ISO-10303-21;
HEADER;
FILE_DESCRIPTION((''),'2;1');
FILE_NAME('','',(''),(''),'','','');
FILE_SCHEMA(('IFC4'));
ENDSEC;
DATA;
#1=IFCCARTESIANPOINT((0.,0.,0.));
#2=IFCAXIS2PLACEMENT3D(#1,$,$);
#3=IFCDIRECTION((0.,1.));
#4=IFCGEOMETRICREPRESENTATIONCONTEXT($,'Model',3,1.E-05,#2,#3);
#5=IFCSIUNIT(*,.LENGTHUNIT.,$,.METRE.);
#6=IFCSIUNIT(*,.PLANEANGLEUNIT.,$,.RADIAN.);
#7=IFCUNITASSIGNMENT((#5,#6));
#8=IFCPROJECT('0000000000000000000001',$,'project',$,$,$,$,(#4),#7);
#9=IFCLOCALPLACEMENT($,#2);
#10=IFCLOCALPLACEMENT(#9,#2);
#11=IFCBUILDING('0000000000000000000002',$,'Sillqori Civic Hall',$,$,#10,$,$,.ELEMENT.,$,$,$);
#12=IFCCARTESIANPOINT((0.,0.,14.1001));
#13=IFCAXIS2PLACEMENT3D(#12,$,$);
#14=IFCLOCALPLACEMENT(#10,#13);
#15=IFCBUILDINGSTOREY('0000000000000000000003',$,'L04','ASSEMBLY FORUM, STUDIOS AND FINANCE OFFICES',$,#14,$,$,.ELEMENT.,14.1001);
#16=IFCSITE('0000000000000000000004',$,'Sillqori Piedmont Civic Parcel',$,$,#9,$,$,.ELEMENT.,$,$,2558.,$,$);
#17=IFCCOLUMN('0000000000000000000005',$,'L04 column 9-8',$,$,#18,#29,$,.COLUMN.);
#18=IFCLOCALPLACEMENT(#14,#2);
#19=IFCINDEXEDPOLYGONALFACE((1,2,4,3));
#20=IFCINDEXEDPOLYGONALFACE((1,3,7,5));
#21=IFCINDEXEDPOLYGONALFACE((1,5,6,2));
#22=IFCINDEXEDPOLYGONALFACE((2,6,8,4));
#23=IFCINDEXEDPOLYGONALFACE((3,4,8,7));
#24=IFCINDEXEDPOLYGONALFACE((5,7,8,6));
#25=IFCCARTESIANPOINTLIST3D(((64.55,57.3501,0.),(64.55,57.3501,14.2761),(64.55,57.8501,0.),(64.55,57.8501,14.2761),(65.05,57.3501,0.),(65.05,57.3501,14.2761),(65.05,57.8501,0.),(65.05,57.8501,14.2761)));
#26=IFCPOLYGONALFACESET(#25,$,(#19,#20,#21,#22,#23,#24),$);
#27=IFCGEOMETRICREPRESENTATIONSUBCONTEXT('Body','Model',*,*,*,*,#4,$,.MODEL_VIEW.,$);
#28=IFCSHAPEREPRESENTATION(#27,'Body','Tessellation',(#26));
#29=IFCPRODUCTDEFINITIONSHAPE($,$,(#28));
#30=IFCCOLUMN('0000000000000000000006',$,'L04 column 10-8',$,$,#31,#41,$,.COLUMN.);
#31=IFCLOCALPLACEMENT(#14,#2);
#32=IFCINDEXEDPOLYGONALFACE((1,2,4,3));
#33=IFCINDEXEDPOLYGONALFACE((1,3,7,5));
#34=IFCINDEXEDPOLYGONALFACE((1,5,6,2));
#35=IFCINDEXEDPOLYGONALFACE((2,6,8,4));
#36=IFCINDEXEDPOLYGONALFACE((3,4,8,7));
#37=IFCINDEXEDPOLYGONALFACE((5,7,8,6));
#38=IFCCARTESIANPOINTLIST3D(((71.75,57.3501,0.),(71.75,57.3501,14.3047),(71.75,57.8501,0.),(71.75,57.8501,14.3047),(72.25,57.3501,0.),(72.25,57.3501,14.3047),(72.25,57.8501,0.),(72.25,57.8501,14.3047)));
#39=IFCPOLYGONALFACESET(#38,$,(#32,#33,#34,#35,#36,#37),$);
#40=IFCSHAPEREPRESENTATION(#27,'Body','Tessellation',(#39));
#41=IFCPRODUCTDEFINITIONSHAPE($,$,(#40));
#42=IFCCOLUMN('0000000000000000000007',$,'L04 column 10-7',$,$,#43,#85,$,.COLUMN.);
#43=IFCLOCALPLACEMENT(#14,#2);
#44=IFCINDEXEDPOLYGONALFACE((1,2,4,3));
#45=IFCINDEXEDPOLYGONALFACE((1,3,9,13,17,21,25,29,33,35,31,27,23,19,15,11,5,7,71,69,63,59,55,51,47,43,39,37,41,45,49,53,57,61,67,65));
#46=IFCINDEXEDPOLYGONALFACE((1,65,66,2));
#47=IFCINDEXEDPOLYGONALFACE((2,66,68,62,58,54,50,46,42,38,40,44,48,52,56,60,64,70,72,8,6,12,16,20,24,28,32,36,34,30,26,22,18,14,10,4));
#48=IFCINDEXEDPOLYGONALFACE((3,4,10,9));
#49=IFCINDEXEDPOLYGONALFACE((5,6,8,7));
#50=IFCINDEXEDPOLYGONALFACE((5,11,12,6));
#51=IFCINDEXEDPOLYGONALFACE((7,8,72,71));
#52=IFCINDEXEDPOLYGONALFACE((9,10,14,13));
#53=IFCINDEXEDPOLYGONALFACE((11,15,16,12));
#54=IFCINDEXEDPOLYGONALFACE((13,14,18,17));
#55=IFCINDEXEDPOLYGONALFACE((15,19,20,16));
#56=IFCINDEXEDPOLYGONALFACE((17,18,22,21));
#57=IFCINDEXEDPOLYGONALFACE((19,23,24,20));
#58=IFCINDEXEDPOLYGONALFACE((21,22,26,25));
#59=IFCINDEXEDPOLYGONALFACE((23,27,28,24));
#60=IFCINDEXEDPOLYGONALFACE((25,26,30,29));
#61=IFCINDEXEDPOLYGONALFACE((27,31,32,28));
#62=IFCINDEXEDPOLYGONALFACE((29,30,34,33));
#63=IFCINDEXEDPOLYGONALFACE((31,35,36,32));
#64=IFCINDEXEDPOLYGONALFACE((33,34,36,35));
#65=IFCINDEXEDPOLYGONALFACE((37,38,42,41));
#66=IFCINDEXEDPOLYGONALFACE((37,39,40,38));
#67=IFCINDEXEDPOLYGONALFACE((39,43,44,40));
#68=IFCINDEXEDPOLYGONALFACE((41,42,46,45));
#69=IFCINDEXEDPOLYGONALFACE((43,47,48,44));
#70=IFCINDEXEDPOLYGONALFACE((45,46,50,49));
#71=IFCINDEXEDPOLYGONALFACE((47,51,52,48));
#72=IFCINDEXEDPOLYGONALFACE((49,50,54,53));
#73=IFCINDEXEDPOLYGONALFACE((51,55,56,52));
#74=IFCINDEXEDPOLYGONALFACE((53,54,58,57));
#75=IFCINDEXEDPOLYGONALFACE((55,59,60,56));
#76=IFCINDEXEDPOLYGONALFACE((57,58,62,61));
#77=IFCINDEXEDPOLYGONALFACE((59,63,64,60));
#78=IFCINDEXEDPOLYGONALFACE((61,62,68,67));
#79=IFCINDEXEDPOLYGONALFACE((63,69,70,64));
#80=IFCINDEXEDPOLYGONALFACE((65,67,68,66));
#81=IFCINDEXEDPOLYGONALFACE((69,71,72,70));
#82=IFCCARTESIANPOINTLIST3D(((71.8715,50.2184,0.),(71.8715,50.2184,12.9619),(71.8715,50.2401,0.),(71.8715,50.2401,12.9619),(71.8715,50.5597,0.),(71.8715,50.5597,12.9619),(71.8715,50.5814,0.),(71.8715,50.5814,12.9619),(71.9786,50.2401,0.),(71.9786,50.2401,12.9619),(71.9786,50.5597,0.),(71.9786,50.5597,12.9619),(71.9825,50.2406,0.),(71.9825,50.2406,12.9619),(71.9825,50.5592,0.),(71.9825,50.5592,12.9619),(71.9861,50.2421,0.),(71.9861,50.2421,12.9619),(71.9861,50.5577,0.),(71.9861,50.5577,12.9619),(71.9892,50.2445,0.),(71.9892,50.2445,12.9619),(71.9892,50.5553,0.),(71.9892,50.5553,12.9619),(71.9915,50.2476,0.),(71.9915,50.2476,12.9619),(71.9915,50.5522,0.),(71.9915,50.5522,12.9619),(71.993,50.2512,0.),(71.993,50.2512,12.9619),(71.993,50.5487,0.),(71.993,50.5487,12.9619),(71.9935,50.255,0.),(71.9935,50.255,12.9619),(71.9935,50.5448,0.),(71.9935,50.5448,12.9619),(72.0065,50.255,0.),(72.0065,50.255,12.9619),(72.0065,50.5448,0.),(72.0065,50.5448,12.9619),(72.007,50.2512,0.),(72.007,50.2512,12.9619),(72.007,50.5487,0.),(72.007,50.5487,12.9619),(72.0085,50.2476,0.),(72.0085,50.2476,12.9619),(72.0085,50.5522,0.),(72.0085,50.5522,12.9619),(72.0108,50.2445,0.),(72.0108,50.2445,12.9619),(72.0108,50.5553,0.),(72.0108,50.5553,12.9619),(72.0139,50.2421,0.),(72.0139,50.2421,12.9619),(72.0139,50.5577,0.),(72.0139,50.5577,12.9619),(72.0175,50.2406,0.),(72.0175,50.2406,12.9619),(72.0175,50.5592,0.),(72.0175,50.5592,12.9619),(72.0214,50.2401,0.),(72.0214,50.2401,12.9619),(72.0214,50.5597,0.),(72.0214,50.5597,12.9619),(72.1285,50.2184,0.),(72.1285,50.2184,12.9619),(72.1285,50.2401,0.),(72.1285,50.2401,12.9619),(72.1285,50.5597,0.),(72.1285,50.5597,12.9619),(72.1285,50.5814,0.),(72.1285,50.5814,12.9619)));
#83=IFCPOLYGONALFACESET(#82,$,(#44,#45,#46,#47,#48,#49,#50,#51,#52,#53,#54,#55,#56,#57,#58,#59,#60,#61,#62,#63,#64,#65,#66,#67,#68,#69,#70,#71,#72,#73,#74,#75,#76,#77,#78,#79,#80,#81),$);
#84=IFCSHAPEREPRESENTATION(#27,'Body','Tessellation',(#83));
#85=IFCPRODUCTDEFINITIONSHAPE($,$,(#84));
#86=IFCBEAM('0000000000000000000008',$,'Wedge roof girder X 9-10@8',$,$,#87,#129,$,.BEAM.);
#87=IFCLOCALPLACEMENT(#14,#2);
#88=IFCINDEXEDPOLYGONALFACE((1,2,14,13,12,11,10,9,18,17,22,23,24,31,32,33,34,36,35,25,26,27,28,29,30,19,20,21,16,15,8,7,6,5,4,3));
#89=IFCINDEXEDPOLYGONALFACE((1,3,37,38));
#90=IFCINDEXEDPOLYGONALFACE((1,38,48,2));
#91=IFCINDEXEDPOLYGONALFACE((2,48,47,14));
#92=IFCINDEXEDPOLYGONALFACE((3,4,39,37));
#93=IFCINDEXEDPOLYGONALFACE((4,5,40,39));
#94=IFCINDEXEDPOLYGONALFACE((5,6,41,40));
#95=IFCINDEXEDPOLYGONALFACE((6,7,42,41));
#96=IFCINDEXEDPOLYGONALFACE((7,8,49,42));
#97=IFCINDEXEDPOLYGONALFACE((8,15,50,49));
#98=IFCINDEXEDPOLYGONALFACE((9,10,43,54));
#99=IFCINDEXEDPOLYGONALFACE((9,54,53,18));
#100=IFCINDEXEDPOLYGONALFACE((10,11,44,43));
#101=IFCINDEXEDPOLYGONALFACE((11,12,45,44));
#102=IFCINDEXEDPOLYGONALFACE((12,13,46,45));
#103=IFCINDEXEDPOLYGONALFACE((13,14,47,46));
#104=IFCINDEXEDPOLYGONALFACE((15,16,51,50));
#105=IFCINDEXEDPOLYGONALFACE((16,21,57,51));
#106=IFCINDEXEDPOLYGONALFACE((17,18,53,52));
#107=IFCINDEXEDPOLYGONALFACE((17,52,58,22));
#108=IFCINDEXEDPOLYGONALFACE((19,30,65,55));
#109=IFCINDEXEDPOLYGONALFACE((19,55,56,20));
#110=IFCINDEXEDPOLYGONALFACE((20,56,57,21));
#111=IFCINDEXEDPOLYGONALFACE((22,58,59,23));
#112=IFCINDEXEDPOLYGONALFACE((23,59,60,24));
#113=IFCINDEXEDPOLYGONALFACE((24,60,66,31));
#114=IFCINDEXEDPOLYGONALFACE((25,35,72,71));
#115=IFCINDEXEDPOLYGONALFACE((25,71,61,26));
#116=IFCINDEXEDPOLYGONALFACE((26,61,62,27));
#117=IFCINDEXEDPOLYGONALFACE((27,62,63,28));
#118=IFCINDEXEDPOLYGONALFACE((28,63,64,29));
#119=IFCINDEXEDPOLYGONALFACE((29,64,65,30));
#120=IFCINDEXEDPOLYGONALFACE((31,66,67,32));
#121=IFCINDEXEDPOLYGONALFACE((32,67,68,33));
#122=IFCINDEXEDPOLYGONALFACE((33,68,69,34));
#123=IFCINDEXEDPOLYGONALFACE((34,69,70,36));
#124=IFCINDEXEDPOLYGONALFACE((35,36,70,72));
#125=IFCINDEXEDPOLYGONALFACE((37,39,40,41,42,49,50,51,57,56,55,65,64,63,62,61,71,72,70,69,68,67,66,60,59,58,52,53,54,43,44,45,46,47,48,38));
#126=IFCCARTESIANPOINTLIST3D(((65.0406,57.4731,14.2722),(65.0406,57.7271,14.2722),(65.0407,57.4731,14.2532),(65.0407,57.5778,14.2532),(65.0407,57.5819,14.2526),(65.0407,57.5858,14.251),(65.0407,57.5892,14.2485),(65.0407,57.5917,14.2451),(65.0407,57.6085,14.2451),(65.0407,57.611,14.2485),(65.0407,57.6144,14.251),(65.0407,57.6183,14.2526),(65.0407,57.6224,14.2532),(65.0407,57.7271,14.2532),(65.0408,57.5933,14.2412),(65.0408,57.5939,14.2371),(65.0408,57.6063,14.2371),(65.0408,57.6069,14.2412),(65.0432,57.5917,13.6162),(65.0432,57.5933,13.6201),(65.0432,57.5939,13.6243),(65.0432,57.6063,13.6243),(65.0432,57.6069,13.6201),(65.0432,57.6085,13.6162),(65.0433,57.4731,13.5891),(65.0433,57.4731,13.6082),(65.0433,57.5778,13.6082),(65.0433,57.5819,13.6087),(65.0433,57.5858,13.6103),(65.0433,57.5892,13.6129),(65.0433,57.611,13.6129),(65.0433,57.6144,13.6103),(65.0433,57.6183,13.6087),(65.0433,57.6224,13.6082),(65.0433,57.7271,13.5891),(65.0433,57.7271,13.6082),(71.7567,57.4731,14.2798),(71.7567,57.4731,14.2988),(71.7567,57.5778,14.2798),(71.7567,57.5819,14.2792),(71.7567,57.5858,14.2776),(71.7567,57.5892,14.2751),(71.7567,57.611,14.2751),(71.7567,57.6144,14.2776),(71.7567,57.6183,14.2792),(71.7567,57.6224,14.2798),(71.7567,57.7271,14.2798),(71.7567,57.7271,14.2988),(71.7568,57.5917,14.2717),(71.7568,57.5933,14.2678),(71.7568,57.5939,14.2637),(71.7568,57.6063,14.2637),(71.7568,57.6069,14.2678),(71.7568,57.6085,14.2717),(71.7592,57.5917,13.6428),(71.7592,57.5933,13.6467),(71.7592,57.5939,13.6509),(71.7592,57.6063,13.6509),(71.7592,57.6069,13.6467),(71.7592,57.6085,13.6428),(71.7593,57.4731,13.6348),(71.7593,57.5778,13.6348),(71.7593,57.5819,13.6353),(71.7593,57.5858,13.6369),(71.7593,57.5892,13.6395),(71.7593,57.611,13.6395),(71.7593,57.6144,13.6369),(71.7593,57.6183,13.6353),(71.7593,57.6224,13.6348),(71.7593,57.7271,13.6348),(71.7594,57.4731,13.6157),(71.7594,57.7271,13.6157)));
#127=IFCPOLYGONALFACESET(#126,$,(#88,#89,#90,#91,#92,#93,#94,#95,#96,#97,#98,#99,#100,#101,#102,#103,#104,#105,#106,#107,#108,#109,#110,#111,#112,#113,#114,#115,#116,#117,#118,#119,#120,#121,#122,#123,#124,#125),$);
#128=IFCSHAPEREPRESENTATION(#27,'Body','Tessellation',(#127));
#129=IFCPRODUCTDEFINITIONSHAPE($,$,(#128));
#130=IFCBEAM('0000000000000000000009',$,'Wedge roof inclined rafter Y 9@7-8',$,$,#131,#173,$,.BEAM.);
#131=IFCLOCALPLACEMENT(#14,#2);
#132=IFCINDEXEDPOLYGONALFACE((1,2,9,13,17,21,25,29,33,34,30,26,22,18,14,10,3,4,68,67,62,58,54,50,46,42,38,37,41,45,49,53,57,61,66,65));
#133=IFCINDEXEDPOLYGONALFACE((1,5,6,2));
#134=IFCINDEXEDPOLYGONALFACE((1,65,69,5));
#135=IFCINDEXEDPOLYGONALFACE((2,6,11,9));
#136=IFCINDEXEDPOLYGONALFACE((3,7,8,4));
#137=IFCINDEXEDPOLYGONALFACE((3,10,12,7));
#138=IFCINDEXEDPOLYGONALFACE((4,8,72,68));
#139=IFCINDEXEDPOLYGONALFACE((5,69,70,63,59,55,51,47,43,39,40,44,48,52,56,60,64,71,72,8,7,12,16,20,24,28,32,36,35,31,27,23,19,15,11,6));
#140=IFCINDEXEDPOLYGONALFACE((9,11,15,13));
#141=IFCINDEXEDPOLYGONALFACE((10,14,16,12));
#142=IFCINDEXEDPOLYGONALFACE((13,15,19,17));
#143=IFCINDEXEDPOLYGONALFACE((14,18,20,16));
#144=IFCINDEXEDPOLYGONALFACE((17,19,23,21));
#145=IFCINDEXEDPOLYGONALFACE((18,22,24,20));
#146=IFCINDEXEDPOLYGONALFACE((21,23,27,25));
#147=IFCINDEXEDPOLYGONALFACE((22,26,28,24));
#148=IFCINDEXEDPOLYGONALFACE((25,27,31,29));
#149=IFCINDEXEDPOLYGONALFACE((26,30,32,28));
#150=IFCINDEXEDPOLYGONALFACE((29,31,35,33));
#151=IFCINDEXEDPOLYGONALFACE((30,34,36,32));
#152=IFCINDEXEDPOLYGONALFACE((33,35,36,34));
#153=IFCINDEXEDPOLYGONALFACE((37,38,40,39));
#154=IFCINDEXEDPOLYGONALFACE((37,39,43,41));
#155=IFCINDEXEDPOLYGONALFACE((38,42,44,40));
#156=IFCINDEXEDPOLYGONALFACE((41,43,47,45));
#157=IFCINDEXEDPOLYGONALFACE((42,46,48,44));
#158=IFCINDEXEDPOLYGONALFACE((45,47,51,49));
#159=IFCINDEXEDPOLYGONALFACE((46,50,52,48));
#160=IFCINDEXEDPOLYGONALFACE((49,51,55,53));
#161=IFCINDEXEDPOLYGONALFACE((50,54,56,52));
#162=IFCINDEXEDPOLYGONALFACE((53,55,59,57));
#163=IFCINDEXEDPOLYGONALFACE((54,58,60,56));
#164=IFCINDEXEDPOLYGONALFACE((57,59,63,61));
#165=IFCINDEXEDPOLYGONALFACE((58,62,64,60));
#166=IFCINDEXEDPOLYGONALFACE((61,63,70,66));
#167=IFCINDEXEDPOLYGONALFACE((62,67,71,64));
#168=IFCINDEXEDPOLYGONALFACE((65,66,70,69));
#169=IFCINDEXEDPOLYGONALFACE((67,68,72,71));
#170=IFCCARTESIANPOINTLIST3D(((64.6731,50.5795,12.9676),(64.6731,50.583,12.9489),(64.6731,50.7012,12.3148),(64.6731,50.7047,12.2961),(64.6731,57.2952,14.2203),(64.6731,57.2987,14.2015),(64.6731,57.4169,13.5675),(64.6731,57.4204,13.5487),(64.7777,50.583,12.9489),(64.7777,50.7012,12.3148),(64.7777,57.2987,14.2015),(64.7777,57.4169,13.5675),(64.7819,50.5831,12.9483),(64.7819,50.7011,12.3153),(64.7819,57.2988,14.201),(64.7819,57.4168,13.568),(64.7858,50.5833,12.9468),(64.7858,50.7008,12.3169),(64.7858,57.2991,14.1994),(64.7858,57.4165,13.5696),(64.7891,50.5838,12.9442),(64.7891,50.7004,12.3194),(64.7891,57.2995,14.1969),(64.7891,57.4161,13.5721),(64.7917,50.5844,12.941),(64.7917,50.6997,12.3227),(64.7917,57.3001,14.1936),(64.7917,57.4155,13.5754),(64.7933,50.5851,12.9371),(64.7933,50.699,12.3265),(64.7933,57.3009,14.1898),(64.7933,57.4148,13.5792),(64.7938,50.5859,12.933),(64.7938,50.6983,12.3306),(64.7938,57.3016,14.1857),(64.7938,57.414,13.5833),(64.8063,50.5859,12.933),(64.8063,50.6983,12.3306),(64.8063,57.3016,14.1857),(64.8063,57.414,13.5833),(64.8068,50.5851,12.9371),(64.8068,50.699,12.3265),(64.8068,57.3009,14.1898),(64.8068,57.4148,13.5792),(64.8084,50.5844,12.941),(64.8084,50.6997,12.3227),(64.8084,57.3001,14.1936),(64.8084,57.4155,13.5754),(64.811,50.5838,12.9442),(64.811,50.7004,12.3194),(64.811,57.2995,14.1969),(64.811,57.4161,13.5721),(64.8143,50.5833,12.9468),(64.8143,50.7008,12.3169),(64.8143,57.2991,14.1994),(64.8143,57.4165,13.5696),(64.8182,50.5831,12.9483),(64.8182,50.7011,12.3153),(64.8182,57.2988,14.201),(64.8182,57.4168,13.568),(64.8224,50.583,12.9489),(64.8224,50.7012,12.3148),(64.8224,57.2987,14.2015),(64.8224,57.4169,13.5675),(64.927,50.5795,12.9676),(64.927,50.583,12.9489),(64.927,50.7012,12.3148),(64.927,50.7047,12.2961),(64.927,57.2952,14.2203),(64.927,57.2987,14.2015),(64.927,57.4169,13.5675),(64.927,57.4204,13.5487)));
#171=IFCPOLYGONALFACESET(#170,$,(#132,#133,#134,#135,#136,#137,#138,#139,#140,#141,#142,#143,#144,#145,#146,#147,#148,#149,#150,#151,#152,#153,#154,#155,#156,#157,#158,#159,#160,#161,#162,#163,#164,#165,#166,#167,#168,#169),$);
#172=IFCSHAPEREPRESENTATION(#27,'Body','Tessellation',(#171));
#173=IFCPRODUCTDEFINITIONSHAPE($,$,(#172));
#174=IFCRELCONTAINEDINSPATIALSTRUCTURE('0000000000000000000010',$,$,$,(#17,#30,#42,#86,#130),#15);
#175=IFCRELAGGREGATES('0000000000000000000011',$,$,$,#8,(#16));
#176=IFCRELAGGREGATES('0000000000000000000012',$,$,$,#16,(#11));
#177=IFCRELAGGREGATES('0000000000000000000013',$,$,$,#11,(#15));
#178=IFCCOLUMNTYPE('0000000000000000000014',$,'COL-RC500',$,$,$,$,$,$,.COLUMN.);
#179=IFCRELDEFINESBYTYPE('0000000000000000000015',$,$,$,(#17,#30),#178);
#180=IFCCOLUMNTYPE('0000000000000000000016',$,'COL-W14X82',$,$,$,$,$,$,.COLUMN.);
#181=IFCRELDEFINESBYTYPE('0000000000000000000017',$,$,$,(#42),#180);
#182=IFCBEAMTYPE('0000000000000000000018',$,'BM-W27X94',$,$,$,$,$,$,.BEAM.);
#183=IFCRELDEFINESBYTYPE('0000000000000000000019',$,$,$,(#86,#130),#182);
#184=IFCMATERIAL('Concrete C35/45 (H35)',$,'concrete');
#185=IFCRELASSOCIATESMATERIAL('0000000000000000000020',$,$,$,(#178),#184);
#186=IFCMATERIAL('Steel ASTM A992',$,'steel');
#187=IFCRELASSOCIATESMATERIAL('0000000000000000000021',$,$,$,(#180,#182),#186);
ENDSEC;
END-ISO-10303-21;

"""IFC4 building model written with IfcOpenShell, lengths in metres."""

from ifc_helpers import new_model, si_unit, direction, frame, origin, origin_2d, place, context, subcontext, project, spatial, rectangle, i_section, extrude, material, material_profile, profile_set, type_object, element, save


model = new_model("IFC4")

# Units and contexts
model_context = context("Model", 3, precision=1e-05, world=origin(), true_north=direction((0.0, 1.0)))
body_context = subcontext(model_context, "Body", "Model", "MODEL_VIEW")
ifc_project = project(units=[si_unit("LENGTHUNIT", "METRE"), si_unit("PLANEANGLEUNIT", "RADIAN")], contexts=[model_context])

# Site, building, storey
site_placement = place(None, origin())
site = spatial("IfcSite", under=ifc_project, at=site_placement, Name="Sillqori Piedmont Civic Parcel", CompositionType="ELEMENT", RefElevation=2558.0)
building_placement = place(site_placement, origin())
building = spatial("IfcBuilding", under=site, at=building_placement, Name="Sillqori Civic Hall", CompositionType="ELEMENT")
storey_placement = place(building_placement, frame((0.0, 0.0, 14.1001)))
storey = spatial("IfcBuildingStorey", under=building, at=storey_placement, Name="L04", Description="ASSEMBLY FORUM, STUDIOS AND FINANCE OFFICES", CompositionType="ELEMENT", Elevation=14.1001)

# Columns
ifc_material_1 = material(Name="Concrete C35/45 (H35)", Category="concrete")
ifc_material_profile_1 = material_profile(ifc_material_1, rectangle(XDim=0.5, YDim=0.5, at=origin_2d()), Name="RC 500x500")
ifc_profile_set_1 = profile_set([ifc_material_profile_1], Name="Concrete C35/45 (H35)")
column_type_1 = type_object("IfcColumnType", Name="COL-RC500", PredefinedType="COLUMN", material=ifc_profile_set_1)
column_1_placement = place(storey_placement, frame((64.8, 57.6001, 0.0), z_axis=(0.0, 0.0, 1.0), x_axis=(1.0, 0.0, 0.0)))
element("IfcColumn", 1, at=column_1_placement, inside=storey, type_object=column_type_1, Name="L04 column 9-8", PredefinedType="COLUMN", context=body_context, shape_type="SweptSolid", body=[
    extrude(rectangle(XDim=0.5, YDim=0.5, at=origin_2d()), origin(), (0.0, 0.0, 1.0), 14.2761),
])
column_2_placement = place(storey_placement, frame((72.0, 57.6001, 0.0), z_axis=(0.0, 0.0, 1.0), x_axis=(1.0, 0.0, 0.0)))
element("IfcColumn", 2, at=column_2_placement, inside=storey, type_object=column_type_1, Name="L04 column 10-8", PredefinedType="COLUMN", context=body_context, shape_type="SweptSolid", body=[
    extrude(rectangle(XDim=0.5, YDim=0.5, at=origin_2d()), origin(), (0.0, 0.0, 1.0), 14.3047),
])
ifc_material_2 = material(Name="Steel ASTM A992", Category="steel")
ifc_material_profile_2 = material_profile(ifc_material_2, i_section(OverallWidth=0.2571, OverallDepth=0.363, WebThickness=0.0129, FlangeThickness=0.0217, FilletRadius=0.0149, at=origin_2d()), Name="W14X82")
ifc_profile_set_2 = profile_set([ifc_material_profile_2], Name="Steel ASTM A992")
column_type_2 = type_object("IfcColumnType", Name="COL-W14X82", PredefinedType="COLUMN", material=ifc_profile_set_2)
column_3_placement = place(storey_placement, frame((72.0, 50.3999, 0.0), z_axis=(0.0, 0.0, 1.0), x_axis=(1.0, 0.0, 0.0)))
element("IfcColumn", 3, at=column_3_placement, inside=storey, type_object=column_type_2, Name="L04 column 10-7", PredefinedType="COLUMN", context=body_context, shape_type="SweptSolid", body=[
    extrude(i_section(OverallWidth=0.2571, OverallDepth=0.363, WebThickness=0.0129, FlangeThickness=0.0217, FilletRadius=0.0149, at=origin_2d()), origin(), (0.0, 0.0, 1.0), 12.9619),
])

# Beams
ifc_material_profile_3 = material_profile(ifc_material_2, i_section(OverallWidth=0.2539, OverallDepth=0.6831, WebThickness=0.0125, FlangeThickness=0.019, FilletRadius=0.0161, at=origin_2d()), Name="W27X94")
ifc_profile_set_3 = profile_set([ifc_material_profile_3], Name="Steel ASTM A992")
beam_type_1 = type_object("IfcBeamType", Name="BM-W27X94", PredefinedType="BEAM", material=ifc_profile_set_3)
beam_1_placement = place(storey_placement, frame((65.042, 57.6001, 13.9307), z_axis=(0.999992, 0.0, 0.003962), x_axis=(0.0, 1.0, 0.0)))
element("IfcBeam", 4, at=beam_1_placement, inside=storey, type_object=beam_type_1, Name="Wedge roof girder X 9-10@8", PredefinedType="BEAM", context=body_context, shape_type="SweptSolid", body=[
    extrude(i_section(OverallWidth=0.2539, OverallDepth=0.6831, WebThickness=0.0125, FlangeThickness=0.019, FilletRadius=0.0161, at=origin_2d()), origin(), (0.0, 0.0, 1.0), 6.7161),
])
beam_2_placement = place(storey_placement, frame((64.8, 50.6421, 12.6318), z_axis=(0.0, 0.983045, 0.183365), x_axis=(-1.0, 0.0, 0.0)))
element("IfcBeam", 5, at=beam_2_placement, inside=storey, type_object=beam_type_1, Name="Wedge roof inclined rafter Y 9@7-8", PredefinedType="BEAM", context=body_context, shape_type="SweptSolid", body=[
    extrude(i_section(OverallWidth=0.2539, OverallDepth=0.6831, WebThickness=0.0125, FlangeThickness=0.019, FilletRadius=0.0161, at=origin_2d()), origin(), (0.0, 0.0, 1.0), 6.8315),
])

save(model, "model.ifc")
